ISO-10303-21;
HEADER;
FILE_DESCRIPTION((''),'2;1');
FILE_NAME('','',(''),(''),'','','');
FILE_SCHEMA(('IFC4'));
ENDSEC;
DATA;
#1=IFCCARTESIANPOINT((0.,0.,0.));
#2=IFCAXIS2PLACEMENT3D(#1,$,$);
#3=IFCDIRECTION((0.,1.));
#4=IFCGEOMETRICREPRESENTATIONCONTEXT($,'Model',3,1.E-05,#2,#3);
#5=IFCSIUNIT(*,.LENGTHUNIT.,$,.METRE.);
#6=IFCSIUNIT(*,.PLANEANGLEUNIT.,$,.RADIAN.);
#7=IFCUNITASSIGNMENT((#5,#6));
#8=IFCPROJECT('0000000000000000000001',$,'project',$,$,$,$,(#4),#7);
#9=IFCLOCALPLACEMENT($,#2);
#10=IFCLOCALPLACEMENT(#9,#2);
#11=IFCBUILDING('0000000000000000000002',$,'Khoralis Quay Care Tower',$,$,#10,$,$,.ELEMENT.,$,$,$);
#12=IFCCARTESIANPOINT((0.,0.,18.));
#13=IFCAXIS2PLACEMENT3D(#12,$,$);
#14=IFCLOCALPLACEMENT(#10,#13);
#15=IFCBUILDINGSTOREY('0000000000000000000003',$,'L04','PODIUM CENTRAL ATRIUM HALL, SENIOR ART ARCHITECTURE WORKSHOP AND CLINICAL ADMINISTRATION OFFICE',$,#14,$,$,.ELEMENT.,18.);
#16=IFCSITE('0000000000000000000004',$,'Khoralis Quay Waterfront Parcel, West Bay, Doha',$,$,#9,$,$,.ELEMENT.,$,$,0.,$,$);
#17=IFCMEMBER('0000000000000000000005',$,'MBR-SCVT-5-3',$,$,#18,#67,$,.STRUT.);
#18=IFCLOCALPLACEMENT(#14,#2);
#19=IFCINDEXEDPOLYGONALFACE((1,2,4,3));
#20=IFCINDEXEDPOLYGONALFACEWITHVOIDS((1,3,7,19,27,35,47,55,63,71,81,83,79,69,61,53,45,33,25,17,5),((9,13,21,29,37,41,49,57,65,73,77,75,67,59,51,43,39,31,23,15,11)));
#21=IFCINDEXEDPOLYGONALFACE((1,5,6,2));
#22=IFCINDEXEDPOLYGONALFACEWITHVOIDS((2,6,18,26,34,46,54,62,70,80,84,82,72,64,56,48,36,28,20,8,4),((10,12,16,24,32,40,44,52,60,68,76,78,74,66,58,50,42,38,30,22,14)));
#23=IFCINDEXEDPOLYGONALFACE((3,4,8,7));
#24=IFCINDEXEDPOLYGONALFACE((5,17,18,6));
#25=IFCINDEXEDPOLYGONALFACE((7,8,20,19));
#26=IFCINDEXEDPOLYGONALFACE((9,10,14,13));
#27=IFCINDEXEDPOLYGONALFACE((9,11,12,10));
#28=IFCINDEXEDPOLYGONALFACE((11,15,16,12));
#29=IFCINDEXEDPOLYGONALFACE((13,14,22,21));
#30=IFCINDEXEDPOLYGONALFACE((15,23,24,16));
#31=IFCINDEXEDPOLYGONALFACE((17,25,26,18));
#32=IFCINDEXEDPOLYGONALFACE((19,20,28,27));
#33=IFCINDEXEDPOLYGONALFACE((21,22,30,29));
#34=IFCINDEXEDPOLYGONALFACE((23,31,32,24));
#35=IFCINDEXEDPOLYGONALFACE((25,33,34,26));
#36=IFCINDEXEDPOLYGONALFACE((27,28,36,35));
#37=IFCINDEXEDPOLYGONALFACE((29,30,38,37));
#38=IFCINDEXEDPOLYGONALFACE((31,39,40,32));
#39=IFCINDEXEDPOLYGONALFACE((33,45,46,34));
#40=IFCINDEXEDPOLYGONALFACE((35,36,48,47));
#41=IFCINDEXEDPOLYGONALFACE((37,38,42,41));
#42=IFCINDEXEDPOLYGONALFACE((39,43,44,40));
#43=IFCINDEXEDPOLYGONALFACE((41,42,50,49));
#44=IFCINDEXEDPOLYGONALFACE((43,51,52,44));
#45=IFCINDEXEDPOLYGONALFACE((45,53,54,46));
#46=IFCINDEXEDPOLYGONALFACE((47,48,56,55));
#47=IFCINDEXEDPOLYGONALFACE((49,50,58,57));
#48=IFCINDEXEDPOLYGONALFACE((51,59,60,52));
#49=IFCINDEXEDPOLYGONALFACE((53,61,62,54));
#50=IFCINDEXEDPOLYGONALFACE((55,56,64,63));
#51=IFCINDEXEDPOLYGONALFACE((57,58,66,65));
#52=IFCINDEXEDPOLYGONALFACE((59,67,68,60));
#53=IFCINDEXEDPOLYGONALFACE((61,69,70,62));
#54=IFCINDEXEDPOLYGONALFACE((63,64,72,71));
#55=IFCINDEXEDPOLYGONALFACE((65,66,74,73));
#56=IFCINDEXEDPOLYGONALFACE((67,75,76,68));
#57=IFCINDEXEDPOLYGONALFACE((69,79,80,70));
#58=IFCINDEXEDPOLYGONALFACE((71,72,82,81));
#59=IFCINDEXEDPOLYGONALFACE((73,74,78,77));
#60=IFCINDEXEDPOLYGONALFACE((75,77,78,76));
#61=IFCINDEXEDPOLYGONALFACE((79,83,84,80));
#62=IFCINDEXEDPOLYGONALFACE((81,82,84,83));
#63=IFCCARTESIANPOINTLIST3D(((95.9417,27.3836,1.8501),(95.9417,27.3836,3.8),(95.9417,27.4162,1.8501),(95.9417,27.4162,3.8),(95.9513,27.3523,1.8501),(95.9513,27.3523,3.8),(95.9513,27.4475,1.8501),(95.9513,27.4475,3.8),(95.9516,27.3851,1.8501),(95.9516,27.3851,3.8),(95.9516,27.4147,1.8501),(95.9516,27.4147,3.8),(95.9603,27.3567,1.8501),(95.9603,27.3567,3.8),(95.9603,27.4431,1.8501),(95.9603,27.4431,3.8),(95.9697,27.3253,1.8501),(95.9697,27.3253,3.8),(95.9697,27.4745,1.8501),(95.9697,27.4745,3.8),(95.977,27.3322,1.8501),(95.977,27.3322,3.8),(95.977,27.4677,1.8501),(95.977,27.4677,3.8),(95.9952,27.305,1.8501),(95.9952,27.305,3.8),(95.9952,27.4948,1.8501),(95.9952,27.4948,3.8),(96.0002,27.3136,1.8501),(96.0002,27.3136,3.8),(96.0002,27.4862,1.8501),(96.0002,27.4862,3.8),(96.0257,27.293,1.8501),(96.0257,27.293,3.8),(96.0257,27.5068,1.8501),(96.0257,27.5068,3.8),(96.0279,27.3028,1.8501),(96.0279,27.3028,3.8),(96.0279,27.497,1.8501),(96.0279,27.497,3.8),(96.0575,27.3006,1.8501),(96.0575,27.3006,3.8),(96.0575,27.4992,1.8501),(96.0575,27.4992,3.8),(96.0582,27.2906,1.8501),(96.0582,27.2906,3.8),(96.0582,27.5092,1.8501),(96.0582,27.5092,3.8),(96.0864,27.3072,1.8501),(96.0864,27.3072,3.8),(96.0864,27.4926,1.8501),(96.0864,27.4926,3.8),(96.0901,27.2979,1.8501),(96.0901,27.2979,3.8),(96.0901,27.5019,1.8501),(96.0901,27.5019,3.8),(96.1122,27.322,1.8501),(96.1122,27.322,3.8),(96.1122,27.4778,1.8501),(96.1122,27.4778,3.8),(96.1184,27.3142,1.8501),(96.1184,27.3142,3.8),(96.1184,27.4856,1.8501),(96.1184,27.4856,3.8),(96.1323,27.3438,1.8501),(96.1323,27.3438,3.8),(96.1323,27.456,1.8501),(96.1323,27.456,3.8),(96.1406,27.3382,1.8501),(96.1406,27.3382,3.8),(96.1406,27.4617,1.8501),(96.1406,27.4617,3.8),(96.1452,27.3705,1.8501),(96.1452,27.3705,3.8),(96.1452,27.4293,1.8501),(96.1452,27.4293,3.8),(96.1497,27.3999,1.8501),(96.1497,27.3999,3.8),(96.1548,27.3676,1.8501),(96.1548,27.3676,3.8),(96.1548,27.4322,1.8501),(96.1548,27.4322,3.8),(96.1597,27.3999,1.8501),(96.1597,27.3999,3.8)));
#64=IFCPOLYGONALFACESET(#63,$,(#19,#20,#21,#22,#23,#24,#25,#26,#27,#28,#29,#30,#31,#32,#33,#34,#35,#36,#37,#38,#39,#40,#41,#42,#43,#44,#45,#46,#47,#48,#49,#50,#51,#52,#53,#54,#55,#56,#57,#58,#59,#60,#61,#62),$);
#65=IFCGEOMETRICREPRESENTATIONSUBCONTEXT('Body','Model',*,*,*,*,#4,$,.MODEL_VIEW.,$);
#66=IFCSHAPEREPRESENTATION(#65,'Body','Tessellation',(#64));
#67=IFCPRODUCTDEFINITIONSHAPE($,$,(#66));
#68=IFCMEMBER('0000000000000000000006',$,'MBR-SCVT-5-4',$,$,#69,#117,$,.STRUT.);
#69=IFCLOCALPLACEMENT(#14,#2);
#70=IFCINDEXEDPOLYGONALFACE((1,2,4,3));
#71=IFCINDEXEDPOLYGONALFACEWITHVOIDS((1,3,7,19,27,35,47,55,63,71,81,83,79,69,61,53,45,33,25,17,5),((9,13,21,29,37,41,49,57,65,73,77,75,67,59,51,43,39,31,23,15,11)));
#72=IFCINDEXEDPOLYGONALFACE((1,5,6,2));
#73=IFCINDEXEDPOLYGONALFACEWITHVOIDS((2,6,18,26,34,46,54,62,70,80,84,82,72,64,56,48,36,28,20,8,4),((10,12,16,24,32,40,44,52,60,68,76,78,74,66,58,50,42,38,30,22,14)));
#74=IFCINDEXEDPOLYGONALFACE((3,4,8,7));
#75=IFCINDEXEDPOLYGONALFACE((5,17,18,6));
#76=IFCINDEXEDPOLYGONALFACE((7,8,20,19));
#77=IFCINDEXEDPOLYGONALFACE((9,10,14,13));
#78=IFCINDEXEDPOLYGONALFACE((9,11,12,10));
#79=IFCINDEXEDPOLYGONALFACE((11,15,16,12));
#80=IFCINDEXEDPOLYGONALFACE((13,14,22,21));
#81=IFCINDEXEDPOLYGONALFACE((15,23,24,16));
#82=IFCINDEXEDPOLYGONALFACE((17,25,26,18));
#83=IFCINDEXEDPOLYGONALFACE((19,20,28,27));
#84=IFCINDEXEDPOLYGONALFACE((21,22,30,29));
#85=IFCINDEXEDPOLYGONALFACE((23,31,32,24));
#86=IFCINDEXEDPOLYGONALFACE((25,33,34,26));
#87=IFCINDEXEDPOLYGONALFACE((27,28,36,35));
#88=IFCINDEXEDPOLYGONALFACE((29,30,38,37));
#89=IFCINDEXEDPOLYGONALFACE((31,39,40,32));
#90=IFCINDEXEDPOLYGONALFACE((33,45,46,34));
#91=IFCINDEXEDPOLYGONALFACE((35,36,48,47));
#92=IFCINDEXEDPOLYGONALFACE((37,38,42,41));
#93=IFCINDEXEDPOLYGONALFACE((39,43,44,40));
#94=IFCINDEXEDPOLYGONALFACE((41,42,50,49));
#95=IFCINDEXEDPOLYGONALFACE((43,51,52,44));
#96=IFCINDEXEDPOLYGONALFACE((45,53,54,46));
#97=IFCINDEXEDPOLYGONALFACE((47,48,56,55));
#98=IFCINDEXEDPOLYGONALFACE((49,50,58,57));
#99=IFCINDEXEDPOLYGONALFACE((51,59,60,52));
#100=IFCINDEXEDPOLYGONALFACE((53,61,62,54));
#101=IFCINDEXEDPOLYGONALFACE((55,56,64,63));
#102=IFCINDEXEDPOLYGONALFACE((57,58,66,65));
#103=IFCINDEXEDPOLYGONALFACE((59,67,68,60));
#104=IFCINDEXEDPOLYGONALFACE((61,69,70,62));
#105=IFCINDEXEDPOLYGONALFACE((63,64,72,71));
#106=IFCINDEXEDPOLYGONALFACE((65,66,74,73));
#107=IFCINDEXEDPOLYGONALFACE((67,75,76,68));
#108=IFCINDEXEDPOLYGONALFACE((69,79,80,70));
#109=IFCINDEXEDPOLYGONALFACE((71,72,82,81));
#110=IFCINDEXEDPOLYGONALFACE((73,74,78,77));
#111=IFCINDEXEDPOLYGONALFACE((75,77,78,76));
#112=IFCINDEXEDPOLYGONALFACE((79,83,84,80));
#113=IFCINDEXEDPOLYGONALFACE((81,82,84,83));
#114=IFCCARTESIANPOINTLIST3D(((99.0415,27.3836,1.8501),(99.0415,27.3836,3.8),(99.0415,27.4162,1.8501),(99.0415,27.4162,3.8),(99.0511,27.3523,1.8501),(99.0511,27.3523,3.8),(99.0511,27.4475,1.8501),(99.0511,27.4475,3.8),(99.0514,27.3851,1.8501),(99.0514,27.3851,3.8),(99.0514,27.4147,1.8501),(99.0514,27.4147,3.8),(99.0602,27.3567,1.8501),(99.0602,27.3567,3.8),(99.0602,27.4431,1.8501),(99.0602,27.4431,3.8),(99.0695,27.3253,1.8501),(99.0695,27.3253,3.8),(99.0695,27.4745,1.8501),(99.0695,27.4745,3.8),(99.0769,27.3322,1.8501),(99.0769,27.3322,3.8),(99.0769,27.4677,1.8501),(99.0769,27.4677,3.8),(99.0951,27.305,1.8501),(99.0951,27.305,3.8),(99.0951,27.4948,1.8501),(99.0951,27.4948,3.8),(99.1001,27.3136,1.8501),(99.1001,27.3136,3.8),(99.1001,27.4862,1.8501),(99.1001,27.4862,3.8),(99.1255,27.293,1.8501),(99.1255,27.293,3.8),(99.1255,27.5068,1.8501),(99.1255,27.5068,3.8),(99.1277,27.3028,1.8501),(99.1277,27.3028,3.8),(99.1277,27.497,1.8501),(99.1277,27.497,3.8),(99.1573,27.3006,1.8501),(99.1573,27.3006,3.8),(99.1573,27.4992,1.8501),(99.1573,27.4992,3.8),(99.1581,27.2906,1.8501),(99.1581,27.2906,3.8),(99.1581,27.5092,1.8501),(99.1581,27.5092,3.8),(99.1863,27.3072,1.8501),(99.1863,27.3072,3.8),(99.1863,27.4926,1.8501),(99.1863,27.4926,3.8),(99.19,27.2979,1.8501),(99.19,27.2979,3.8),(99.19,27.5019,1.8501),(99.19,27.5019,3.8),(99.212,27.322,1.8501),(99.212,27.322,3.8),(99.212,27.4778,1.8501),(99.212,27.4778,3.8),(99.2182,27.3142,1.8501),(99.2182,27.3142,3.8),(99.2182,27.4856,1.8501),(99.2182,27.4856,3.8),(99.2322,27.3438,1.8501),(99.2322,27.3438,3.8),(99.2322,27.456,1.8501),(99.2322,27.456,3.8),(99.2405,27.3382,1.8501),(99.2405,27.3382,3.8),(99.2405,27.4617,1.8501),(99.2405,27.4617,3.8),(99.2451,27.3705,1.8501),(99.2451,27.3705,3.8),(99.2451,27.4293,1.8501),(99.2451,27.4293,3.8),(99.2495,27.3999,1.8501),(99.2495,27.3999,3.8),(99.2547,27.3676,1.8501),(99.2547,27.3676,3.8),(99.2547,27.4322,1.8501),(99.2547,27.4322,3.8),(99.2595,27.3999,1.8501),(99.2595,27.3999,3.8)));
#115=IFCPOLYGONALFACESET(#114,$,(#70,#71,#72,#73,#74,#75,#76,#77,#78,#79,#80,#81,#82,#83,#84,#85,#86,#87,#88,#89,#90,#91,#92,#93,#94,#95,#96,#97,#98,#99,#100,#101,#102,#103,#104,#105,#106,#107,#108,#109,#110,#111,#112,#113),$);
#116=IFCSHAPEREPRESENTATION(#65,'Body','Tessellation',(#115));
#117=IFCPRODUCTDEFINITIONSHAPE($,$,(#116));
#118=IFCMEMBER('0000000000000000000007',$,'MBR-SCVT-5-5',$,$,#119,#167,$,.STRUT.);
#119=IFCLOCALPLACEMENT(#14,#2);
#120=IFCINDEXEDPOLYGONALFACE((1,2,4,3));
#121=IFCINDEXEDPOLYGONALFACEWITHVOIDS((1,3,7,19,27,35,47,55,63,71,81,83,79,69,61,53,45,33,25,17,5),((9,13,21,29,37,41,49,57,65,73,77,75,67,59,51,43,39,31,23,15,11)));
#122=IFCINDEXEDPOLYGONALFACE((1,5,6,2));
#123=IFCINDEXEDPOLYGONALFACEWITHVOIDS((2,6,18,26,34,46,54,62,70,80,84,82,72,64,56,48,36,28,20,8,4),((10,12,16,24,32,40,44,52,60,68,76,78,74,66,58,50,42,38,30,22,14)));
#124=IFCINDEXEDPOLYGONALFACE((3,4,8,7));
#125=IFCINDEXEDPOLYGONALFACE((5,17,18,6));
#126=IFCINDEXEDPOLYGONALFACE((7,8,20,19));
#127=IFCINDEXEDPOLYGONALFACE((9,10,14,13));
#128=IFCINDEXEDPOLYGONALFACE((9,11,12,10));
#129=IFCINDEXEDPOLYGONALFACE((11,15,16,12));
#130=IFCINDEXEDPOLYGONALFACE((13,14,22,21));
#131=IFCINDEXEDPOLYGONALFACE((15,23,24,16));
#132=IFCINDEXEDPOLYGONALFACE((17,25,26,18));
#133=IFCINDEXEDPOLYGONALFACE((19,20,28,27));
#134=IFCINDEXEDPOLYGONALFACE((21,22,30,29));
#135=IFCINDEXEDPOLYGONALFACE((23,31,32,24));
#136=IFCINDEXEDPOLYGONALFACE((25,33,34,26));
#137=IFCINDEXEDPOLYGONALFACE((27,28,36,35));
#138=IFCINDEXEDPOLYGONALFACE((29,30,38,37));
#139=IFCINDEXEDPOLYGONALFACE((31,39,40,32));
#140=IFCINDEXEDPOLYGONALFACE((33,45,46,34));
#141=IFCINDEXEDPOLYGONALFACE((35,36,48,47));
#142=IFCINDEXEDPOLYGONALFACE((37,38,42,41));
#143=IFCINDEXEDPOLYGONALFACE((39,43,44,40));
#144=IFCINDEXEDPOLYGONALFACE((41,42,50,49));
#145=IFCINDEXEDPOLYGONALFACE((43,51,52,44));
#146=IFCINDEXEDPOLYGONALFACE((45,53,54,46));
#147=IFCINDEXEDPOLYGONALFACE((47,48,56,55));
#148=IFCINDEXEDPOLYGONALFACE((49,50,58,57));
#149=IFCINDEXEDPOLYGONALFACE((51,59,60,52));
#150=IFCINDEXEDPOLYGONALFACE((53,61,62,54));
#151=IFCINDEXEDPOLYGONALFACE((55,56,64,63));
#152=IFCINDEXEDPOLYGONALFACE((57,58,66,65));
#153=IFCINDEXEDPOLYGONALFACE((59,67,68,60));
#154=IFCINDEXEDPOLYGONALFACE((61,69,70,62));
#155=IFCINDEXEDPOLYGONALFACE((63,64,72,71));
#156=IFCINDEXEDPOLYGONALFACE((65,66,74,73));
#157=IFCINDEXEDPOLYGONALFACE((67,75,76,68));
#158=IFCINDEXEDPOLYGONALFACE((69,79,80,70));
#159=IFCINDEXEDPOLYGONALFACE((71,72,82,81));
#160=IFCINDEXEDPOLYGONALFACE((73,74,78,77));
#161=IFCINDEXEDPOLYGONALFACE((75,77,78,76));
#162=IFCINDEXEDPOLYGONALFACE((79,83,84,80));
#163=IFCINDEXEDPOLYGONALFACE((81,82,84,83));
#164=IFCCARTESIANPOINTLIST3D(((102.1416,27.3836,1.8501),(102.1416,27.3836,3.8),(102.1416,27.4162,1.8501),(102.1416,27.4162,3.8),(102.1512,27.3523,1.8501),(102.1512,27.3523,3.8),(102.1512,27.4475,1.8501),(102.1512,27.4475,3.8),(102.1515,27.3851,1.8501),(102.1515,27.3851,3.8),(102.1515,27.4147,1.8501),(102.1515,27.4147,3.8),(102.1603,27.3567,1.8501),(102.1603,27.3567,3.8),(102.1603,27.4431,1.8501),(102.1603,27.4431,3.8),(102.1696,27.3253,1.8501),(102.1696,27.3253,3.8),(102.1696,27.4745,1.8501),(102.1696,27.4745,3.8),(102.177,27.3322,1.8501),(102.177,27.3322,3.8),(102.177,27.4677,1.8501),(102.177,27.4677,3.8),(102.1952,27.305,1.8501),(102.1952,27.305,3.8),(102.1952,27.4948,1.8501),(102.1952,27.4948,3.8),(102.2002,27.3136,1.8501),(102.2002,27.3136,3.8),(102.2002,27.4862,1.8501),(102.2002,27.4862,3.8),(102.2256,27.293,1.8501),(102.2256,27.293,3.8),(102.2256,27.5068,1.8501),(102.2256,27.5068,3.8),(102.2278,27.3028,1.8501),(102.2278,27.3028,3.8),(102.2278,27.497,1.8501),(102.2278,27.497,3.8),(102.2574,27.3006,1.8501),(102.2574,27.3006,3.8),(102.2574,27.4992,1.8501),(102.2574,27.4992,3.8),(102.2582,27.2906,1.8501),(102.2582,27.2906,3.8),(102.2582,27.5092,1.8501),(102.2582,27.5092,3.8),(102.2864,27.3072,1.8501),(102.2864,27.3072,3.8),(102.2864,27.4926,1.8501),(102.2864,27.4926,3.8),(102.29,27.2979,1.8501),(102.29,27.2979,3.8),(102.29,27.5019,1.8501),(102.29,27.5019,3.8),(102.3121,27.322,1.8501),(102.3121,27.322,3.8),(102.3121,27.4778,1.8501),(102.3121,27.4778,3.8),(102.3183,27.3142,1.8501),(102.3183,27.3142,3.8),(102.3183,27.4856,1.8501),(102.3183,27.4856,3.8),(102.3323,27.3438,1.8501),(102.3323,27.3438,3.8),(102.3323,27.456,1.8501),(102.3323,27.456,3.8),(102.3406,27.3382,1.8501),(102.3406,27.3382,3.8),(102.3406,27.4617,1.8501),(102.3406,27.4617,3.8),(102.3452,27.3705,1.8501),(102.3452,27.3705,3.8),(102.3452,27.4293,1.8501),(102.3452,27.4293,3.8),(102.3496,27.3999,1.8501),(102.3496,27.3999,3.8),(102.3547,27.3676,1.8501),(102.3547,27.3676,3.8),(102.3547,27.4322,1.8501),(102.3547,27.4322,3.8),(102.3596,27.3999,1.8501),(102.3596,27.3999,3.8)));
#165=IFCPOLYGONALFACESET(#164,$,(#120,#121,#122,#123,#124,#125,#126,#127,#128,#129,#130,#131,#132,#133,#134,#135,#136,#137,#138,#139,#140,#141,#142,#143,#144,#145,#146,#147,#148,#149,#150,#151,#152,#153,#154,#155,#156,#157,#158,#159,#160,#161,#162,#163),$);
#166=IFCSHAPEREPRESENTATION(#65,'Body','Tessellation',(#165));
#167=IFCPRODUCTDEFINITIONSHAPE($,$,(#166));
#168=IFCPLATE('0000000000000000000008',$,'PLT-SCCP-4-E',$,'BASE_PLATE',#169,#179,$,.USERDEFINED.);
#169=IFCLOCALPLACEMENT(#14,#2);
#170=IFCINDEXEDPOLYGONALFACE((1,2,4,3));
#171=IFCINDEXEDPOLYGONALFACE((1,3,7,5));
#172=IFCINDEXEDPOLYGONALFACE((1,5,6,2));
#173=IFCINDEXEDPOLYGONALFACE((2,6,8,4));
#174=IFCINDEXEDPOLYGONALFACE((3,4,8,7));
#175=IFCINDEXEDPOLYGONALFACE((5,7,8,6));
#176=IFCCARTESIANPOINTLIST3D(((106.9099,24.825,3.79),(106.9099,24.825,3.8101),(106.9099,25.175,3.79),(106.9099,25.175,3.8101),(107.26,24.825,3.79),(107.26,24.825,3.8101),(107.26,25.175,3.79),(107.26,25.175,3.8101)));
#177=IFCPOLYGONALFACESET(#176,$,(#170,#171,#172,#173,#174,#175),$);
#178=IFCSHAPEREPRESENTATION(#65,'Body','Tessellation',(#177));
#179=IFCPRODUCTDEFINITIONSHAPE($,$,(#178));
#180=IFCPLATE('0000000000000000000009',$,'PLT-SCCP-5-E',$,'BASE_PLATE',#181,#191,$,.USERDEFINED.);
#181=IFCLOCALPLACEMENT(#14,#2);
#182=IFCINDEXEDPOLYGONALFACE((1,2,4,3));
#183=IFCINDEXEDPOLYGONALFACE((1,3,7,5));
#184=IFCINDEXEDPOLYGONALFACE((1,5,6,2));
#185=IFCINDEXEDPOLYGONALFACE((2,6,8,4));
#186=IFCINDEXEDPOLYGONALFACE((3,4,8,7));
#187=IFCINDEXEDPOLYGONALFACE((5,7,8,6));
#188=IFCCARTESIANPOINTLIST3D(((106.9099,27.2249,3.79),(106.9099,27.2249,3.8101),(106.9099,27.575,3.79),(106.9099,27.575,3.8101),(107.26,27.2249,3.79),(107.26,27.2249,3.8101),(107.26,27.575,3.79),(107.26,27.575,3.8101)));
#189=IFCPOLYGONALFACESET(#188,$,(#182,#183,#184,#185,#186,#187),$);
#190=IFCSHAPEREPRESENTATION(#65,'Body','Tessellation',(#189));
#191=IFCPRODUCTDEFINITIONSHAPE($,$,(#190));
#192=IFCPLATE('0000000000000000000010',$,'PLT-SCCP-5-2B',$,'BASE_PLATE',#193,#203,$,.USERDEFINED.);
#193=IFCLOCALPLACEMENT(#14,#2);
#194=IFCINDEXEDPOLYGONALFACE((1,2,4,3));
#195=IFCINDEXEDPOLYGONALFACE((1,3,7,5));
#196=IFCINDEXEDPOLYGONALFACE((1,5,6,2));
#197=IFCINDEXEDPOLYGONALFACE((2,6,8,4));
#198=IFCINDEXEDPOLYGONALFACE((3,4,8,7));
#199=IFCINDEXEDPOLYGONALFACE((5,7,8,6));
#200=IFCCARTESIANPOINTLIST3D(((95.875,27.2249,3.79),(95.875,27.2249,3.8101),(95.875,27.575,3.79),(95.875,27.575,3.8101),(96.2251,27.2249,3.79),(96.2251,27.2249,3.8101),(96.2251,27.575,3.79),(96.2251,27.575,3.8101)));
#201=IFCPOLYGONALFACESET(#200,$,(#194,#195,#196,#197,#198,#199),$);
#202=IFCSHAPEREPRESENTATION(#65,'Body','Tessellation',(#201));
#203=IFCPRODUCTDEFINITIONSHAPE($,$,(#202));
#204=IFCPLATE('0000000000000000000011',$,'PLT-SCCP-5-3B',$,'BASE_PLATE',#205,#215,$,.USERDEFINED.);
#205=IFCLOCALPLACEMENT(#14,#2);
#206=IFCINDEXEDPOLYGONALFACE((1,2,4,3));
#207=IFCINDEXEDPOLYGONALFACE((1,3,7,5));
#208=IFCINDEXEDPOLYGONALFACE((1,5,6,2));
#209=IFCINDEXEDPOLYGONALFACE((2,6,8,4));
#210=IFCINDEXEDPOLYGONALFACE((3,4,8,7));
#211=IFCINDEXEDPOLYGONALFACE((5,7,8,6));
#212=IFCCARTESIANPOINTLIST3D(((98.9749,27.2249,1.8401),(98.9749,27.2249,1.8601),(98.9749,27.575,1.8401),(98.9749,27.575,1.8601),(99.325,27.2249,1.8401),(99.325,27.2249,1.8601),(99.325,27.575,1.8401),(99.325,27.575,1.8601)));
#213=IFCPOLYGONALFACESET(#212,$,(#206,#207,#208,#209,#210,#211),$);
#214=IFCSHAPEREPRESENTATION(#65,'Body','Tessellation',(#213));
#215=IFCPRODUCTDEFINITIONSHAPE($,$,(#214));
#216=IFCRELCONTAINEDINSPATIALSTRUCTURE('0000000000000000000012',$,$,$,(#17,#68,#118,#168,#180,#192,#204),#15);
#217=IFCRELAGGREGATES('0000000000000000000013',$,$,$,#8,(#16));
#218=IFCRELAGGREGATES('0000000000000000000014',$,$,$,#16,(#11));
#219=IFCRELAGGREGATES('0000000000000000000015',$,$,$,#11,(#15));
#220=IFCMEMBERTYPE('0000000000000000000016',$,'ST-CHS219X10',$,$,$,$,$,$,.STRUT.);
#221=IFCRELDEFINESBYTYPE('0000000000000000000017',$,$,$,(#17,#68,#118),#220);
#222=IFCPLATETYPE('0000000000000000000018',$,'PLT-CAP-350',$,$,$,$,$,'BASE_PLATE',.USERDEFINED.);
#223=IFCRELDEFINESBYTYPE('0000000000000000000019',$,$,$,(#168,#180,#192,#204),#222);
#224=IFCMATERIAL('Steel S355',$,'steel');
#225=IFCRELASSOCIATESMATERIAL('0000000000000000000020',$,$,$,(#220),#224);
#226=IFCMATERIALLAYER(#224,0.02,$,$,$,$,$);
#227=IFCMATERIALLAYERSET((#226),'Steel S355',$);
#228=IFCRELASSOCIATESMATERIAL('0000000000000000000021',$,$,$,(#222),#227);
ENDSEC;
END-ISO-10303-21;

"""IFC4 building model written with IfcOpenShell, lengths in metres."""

from ifc_helpers import new_model, si_unit, direction, frame, origin, origin_2d, place, context, subcontext, project, spatial, rectangle, hollow_circle, extrude, source, transform, mapped, material, layer, layer_set, material_profile, profile_set, type_object, element, save


model = new_model("IFC4")

# Units and contexts
model_context = context("Model", 3, precision=1e-05, world=origin(), true_north=direction((0.0, 1.0)))
body_context = subcontext(model_context, "Body", "Model", "MODEL_VIEW")
ifc_project = project(units=[si_unit("LENGTHUNIT", "METRE"), si_unit("PLANEANGLEUNIT", "RADIAN")], contexts=[model_context])

# Site, building, storey
site_placement = place(None, origin())
site = spatial("IfcSite", under=ifc_project, at=site_placement, Name="Khoralis Quay Waterfront Parcel, West Bay, Doha", CompositionType="ELEMENT", RefElevation=0.0)
building_placement = place(site_placement, origin())
building = spatial("IfcBuilding", under=site, at=building_placement, Name="Khoralis Quay Care Tower", CompositionType="ELEMENT")
storey_placement = place(building_placement, frame((0.0, 0.0, 18.0)))
storey = spatial("IfcBuildingStorey", under=building, at=storey_placement, Name="L04", Description="PODIUM CENTRAL ATRIUM HALL, SENIOR ART ARCHITECTURE WORKSHOP AND CLINICAL ADMINISTRATION OFFICE", CompositionType="ELEMENT", Elevation=18.0)

# Members
ifc_material_1 = material(Name="Steel S355", Category="steel")
ifc_material_profile_1 = material_profile(ifc_material_1, hollow_circle(Radius=0.1096, WallThickness=0.01, at=origin_2d()), Name="Steel S355")
ifc_profile_set_1 = profile_set([ifc_material_profile_1], Name="Steel S355")
member_type_1 = type_object("IfcMemberType", Name="ST-CHS219X10", PredefinedType="STRUT", material=ifc_profile_set_1)
shared_shape_1 = source(origin(), body_context, "Body", "SweptSolid", [
    extrude(hollow_circle(Radius=0.1096, WallThickness=0.01, at=origin_2d()), origin(), (0.0, 0.0, 1.0), 1.95),
])
for number, where, z_axis, x_axis, name in (
    (1, (96.05, 27.3999, 1.8501), (0.0, 0.0, 1.0), (1.0, 0.0, 0.0), "MBR-SCVT-5-3"),
    (2, (99.1499, 27.3999, 1.8501), (0.0, 0.0, 1.0), (1.0, 0.0, 0.0), "MBR-SCVT-5-4"),
    (3, (102.25, 27.3999, 1.8501), (0.0, 0.0, 1.0), (1.0, 0.0, 0.0), "MBR-SCVT-5-5"),
):
    element("IfcMember", number, at=place(storey_placement, frame(where, z_axis=z_axis, x_axis=x_axis)), inside=storey, type_object=member_type_1, Name=name, PredefinedType="STRUT", context=body_context, shape_type="MappedRepresentation", body=[
        mapped(shared_shape_1, transform((0.0, 0.0, 0.0), scale=1.0)),
    ])

# Plates
ifc_layer = layer(ifc_material_1, 0.02)
ifc_layer_set = layer_set([ifc_layer], Name="Steel S355")
plate_type = type_object("IfcPlateType", Name="PLT-CAP-350", ElementType="BASE_PLATE", PredefinedType="USERDEFINED", material=ifc_layer_set)
shared_shape_2 = source(origin(), body_context, "Body", "SweptSolid", [
    extrude(rectangle(XDim=0.3501, YDim=0.3501, at=origin_2d()), origin(), (0.0, 0.0, 1.0), 0.02),
])
for number, where, z_axis, x_axis, name in (
    (4, (107.085, 25.0, 3.79), (0.0, 0.0, 1.0), (1.0, 0.0, 0.0), "PLT-SCCP-4-E"),
    (5, (107.085, 27.3999, 3.79), (0.0, 0.0, 1.0), (1.0, 0.0, 0.0), "PLT-SCCP-5-E"),
    (6, (96.05, 27.3999, 3.79), (0.0, 0.0, 1.0), (1.0, 0.0, 0.0), "PLT-SCCP-5-2B"),
    (7, (99.1499, 27.3999, 1.8401), (0.0, 0.0, 1.0), (1.0, 0.0, 0.0), "PLT-SCCP-5-3B"),
):
    element("IfcPlate", number, at=place(storey_placement, frame(where, z_axis=z_axis, x_axis=x_axis)), inside=storey, type_object=plate_type, Name=name, ObjectType="BASE_PLATE", PredefinedType="USERDEFINED", context=body_context, shape_type="MappedRepresentation", body=[
        mapped(shared_shape_2, transform((0.0, 0.0, 0.0), scale=1.0)),
    ])

save(model, "model.ifc")
